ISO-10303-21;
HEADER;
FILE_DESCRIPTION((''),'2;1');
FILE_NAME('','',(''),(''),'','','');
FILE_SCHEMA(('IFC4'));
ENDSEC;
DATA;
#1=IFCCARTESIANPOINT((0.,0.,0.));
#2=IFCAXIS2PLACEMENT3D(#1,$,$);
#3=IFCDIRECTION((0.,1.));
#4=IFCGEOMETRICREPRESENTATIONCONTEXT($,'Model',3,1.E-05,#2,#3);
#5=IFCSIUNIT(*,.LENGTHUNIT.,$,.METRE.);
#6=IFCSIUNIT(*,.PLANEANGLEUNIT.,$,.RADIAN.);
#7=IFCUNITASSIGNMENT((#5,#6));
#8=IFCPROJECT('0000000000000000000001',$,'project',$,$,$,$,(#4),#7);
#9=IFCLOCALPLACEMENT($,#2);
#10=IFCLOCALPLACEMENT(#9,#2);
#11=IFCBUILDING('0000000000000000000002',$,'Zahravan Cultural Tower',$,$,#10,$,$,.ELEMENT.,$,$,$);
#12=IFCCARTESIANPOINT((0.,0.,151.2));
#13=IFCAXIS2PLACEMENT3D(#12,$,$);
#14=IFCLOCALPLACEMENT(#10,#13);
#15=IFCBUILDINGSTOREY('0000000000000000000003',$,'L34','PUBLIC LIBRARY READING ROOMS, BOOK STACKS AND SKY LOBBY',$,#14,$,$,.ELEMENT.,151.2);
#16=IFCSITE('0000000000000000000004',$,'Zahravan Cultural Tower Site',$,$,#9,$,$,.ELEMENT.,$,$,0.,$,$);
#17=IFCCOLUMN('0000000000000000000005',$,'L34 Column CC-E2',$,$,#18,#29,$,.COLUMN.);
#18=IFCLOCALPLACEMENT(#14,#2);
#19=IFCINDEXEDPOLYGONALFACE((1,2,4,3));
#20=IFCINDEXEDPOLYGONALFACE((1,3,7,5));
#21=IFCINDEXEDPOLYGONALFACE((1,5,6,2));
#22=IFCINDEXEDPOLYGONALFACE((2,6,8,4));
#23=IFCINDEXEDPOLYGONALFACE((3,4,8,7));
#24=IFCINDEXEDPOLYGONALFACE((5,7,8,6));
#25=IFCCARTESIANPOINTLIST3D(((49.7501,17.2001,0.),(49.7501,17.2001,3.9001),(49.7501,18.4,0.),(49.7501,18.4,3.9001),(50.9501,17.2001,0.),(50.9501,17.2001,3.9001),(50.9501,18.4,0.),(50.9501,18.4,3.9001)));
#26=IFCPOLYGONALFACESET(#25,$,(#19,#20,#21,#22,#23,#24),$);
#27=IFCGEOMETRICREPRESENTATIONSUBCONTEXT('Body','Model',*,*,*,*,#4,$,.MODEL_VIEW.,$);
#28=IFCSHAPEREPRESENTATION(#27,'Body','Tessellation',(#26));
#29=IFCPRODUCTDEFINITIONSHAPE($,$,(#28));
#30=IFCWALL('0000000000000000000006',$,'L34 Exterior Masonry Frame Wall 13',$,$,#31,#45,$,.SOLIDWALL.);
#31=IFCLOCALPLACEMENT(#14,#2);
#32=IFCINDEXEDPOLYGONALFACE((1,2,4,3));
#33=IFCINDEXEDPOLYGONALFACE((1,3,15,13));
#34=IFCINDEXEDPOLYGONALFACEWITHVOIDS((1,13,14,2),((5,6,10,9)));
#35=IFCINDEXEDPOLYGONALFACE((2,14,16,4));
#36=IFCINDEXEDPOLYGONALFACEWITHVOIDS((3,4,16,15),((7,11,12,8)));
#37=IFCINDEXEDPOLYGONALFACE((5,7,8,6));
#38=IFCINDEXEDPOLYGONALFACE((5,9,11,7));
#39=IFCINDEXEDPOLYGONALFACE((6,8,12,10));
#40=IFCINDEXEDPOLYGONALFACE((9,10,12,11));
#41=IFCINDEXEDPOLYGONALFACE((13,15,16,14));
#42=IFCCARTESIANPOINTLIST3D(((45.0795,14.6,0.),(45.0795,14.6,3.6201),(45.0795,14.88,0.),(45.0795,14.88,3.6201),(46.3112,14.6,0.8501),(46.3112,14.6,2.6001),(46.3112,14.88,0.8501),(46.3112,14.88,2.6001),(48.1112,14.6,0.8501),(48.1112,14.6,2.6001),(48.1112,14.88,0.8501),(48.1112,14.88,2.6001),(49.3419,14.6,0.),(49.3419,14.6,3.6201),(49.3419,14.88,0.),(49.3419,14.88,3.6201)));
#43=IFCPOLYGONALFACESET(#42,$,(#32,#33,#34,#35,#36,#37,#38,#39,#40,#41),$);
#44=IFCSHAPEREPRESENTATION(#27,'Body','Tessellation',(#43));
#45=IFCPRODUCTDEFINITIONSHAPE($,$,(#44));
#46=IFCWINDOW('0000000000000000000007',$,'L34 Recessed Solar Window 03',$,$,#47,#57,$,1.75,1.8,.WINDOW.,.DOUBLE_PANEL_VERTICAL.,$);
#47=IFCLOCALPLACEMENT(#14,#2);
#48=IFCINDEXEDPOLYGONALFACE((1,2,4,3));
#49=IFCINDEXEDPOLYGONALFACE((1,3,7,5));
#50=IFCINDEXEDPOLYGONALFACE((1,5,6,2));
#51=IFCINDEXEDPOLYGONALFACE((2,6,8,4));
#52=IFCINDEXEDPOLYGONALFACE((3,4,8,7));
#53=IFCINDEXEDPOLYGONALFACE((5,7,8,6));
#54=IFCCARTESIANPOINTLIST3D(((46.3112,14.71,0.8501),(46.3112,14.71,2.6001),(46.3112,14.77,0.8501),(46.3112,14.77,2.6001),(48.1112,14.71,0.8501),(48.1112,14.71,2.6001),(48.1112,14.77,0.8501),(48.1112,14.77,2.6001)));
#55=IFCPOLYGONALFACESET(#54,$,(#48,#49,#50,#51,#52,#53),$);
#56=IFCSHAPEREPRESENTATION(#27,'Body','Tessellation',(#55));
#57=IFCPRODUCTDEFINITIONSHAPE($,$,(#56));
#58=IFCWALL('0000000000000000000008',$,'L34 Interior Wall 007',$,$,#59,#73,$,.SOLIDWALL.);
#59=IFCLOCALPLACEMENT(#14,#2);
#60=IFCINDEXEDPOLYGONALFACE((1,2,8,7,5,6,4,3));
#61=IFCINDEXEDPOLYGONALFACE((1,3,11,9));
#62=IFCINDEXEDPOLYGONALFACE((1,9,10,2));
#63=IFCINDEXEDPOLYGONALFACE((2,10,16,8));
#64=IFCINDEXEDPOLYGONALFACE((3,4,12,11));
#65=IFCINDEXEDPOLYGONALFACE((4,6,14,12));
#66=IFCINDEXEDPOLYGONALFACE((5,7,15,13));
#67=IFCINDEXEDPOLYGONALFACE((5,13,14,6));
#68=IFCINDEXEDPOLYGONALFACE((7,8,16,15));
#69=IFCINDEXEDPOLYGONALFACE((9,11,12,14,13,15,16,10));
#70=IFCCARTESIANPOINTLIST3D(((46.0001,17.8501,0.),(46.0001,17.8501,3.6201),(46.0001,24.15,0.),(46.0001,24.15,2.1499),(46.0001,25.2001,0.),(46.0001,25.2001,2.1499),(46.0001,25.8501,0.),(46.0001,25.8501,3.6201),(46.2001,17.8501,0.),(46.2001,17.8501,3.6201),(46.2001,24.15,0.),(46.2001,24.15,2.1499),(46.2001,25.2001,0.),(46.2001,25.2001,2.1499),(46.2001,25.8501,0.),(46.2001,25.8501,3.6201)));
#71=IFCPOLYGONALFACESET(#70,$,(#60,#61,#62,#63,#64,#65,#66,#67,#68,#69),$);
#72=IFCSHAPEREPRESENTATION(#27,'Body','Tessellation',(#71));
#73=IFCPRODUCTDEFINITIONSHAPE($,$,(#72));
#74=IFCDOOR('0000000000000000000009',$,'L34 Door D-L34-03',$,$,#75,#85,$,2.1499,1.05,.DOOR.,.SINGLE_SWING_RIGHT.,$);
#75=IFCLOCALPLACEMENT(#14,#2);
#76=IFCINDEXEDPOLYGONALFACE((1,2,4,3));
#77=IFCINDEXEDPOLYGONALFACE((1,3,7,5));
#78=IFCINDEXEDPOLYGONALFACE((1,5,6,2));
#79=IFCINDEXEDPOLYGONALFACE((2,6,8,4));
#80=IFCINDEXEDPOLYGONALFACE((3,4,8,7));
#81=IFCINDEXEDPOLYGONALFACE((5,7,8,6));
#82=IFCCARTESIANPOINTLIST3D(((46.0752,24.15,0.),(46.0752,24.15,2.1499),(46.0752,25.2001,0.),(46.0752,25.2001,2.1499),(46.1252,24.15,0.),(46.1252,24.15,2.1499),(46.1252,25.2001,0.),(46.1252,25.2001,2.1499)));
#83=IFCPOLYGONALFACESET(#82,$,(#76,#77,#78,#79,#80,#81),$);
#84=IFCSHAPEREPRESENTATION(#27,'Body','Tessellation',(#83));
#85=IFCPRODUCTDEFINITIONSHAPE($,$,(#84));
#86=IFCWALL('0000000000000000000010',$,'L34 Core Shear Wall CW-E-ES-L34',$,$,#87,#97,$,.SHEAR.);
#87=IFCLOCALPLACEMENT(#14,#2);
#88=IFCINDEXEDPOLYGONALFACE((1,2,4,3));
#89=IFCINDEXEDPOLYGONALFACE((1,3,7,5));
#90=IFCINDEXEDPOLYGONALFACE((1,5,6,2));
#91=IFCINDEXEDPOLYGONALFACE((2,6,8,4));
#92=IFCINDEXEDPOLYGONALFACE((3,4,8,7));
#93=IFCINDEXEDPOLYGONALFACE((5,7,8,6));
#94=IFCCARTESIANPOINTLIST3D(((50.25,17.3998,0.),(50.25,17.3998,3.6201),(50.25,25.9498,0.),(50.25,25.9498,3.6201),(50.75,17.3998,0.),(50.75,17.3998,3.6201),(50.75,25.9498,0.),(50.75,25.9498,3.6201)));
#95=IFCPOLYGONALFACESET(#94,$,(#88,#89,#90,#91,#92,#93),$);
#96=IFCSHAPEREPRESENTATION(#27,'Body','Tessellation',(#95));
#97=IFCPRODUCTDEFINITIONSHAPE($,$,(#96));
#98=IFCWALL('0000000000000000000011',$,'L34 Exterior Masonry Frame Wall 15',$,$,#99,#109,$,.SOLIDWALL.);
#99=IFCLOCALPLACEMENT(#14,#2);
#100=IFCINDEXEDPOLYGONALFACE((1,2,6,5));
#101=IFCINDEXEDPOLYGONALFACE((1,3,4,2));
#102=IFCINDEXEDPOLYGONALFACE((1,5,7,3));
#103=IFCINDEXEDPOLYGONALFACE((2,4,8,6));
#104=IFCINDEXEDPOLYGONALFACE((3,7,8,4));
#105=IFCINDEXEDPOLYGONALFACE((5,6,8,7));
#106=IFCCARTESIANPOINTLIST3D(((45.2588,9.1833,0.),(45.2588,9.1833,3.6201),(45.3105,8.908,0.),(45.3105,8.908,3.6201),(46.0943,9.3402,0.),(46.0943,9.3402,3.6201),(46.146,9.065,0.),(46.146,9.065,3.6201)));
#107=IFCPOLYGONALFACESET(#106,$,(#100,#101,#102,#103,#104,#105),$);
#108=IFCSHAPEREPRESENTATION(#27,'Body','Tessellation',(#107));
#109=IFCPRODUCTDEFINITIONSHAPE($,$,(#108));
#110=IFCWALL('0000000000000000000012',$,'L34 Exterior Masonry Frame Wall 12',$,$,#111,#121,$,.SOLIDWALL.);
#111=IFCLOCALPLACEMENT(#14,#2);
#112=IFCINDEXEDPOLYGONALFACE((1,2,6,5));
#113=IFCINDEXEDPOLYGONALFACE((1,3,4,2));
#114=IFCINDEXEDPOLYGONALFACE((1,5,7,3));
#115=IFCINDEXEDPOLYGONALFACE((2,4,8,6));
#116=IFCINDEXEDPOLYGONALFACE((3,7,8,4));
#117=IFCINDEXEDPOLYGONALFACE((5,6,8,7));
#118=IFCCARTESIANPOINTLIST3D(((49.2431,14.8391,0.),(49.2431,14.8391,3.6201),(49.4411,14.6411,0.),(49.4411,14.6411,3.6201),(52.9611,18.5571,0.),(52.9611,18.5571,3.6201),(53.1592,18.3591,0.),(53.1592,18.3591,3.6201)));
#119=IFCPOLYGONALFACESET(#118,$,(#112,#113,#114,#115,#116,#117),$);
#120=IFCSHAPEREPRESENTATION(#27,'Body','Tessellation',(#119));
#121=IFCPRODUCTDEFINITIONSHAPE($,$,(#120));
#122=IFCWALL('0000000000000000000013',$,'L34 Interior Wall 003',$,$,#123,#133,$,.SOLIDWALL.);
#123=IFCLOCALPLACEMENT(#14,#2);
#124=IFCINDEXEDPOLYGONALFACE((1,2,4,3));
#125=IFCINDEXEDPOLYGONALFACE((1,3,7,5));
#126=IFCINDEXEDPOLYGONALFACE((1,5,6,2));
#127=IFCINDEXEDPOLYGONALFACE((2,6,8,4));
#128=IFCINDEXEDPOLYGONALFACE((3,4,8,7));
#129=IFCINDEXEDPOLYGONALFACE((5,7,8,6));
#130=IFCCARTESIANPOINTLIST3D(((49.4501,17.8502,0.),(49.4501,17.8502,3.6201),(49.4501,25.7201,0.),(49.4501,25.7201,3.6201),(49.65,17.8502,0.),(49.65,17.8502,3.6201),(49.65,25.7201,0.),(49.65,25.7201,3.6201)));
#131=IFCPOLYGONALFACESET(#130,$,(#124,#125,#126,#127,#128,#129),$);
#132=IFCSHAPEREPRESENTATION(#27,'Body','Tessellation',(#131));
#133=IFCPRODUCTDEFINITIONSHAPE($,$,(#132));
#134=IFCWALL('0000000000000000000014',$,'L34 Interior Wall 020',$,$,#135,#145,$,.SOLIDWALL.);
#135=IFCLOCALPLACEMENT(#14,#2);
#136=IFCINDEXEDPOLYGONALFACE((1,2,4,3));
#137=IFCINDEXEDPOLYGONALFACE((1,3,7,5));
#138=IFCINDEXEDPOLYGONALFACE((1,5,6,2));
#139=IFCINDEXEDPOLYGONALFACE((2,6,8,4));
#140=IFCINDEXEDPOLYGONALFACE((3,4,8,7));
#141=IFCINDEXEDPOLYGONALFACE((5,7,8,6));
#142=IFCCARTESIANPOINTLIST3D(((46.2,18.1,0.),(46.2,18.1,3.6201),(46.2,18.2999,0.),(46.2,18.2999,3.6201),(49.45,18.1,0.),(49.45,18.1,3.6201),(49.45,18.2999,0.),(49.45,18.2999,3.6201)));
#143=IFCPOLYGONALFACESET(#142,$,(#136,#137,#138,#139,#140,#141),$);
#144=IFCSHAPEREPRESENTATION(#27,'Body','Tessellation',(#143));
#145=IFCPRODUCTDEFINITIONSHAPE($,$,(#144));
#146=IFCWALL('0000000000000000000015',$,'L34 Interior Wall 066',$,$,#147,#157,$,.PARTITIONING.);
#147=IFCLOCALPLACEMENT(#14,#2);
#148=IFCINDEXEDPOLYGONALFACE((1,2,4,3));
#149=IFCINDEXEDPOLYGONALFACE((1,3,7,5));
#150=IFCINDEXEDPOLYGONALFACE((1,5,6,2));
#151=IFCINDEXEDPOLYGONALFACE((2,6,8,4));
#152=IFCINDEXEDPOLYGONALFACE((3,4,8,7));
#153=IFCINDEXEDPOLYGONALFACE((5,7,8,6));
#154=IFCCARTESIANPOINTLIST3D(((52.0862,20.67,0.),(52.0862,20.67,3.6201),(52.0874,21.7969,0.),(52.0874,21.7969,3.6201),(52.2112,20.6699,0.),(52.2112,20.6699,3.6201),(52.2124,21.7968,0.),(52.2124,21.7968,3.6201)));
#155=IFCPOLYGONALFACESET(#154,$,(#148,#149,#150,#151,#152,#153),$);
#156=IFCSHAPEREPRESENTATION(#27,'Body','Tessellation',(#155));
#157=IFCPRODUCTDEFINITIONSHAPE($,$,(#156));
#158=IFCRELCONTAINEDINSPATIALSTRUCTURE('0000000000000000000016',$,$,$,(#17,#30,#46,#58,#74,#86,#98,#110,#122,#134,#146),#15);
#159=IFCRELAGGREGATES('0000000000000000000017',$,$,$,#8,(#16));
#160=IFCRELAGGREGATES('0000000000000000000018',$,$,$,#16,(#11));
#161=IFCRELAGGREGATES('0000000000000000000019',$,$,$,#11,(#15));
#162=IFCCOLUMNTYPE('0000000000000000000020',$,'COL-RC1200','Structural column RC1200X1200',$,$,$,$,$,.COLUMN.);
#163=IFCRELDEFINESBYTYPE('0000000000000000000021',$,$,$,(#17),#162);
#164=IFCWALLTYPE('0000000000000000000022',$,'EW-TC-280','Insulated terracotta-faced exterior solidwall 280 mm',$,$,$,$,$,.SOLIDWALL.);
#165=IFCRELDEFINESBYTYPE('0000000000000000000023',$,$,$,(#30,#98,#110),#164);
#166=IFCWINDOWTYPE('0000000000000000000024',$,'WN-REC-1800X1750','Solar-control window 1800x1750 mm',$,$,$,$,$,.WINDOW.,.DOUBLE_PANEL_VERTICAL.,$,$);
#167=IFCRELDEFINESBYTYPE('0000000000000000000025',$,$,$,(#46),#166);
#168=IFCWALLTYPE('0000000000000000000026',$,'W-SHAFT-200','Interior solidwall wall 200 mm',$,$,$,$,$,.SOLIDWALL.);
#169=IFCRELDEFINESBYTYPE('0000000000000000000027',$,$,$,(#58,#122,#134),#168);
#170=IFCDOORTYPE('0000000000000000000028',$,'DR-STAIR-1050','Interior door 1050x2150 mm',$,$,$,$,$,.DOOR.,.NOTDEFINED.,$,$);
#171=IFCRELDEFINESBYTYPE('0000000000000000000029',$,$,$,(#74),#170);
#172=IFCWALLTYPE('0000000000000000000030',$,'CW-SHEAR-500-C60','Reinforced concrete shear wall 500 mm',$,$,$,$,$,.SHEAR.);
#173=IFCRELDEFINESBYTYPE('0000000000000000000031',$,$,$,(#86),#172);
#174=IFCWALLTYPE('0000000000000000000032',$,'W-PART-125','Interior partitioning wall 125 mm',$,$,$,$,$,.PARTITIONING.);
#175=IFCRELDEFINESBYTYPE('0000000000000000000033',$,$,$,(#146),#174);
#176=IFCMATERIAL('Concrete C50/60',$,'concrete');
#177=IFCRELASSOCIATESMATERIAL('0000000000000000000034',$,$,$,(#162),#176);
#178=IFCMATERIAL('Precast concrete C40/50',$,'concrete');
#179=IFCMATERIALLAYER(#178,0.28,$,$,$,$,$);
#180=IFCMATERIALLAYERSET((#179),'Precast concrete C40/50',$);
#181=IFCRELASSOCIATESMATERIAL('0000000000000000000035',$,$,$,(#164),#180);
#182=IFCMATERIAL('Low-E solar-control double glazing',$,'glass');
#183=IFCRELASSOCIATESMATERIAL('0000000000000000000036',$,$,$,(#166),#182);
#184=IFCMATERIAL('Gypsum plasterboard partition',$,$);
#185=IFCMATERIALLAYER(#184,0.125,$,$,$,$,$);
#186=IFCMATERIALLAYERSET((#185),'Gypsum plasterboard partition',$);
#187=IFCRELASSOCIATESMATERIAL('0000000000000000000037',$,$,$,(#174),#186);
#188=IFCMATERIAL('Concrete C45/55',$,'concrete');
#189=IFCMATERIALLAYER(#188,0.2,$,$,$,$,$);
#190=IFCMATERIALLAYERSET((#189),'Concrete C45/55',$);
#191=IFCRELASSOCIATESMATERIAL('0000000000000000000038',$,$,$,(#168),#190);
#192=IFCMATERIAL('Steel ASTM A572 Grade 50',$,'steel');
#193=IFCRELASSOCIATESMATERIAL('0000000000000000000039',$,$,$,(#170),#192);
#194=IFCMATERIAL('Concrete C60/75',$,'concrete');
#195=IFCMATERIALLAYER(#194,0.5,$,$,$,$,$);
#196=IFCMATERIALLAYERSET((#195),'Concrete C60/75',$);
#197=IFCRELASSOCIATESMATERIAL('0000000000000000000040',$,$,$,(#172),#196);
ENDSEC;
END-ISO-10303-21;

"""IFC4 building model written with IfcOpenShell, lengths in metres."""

from ifc_helpers import new_model, si_unit, direction, frame, frame_2d, origin, origin_2d, place, context, subcontext, project, spatial, rectangle, extrude, source, transform, mapped, material, layer, layer_set, material_profile, profile_set, type_object, element, fill, save


model = new_model("IFC4")

# Units and contexts
model_context = context("Model", 3, precision=1e-05, world=origin(), true_north=direction((0.0, 1.0)))
body_context = subcontext(model_context, "Body", "Model", "MODEL_VIEW")
ifc_project = project(units=[si_unit("LENGTHUNIT", "METRE"), si_unit("PLANEANGLEUNIT", "RADIAN")], contexts=[model_context])

# Site, building, storey
site_placement = place(None, origin())
site = spatial("IfcSite", under=ifc_project, at=site_placement, Name="Zahravan Cultural Tower Site", CompositionType="ELEMENT", RefElevation=0.0)
building_placement = place(site_placement, origin())
building = spatial("IfcBuilding", under=site, at=building_placement, Name="Zahravan Cultural Tower", CompositionType="ELEMENT")
storey_placement = place(building_placement, frame((0.0, 0.0, 151.2)))
storey = spatial("IfcBuildingStorey", under=building, at=storey_placement, Name="L34", Description="PUBLIC LIBRARY READING ROOMS, BOOK STACKS AND SKY LOBBY", CompositionType="ELEMENT", Elevation=151.2)

# Column
ifc_material_1 = material(Name="Concrete C50/60", Category="concrete")
ifc_material_profile = material_profile(ifc_material_1, rectangle(XDim=1.2, YDim=1.2, at=origin_2d()), Name="RC1200X1200")
ifc_profile_set = profile_set([ifc_material_profile], Name="Concrete C50/60")
column_type = type_object("IfcColumnType", Name="COL-RC1200", Description="Structural column RC1200X1200", PredefinedType="COLUMN", material=ifc_profile_set)
shared_shape_1 = source(origin(), body_context, "Body", "SweptSolid", [
    extrude(rectangle(XDim=1.2, YDim=1.2, at=origin_2d()), origin(), (0.0, 0.0, 1.0), 3.9001),
])
column_placement = place(storey_placement, frame((50.3501, 17.8, 0.0), z_axis=(0.0, 0.0, 1.0), x_axis=(1.0, 0.0, 0.0)))
element("IfcColumn", 1, at=column_placement, inside=storey, type_object=column_type, Name="L34 Column CC-E2", PredefinedType="COLUMN", context=body_context, shape_type="MappedRepresentation", body=[
    mapped(shared_shape_1, transform((0.0, 0.0, 0.0), x_axis=(1.0, 0.0, 0.0), y_axis=(0.0, 1.0, 0.0), z_axis=(0.0, 0.0, 1.0), scale=1.0)),
])

# Wall, opening, window
ifc_material_2 = material(Name="Precast concrete C40/50", Category="concrete")
ifc_layer_1 = layer(ifc_material_2, 0.28)
ifc_layer_set_1 = layer_set([ifc_layer_1], Name="Precast concrete C40/50")
wall_type_1 = type_object("IfcWallType", Name="EW-TC-280", Description="Insulated terracotta-faced exterior solidwall 280 mm", PredefinedType="SOLIDWALL", material=ifc_layer_set_1)
wall_1_placement = place(storey_placement, frame((49.342, 14.74, 0.0), z_axis=(0.0, 0.0, 1.0), x_axis=(-1.0, 0.0, 0.0)))
wall_1 = element("IfcWall", 2, at=wall_1_placement, inside=storey, type_object=wall_type_1, Name="L34 Exterior Masonry Frame Wall 13", PredefinedType="SOLIDWALL", context=body_context, shape_type="SweptSolid", body=[
    extrude(rectangle(XDim=4.2625, YDim=0.28, at=frame_2d((2.1313, 0.0))), origin(), (0.0, 0.0, 1.0), 3.6201),
])
opening_1_placement = place(wall_1_placement, frame((1.231, 0.0, 0.8501)))
opening_1 = element("IfcOpeningElement", 3, at=opening_1_placement, cuts=wall_1, PredefinedType="OPENING", context=body_context, shape_type="SweptSolid", body=[
    extrude(rectangle(XDim=1.8, YDim=1.75, at=frame_2d((0.8999, 0.875))), frame((0.0, 0.1499, 0.0), z_axis=(0.0, -1.0, 0.0), x_axis=(1.0, 0.0, 0.0)), (0.0, 0.0, 1.0), 0.3),
])
ifc_material_3 = material(Name="Low-E solar-control double glazing", Category="glass")
window_type = type_object("IfcWindowType", Name="WN-REC-1800X1750", Description="Solar-control window 1800x1750 mm", PartitioningType="DOUBLE_PANEL_VERTICAL", PredefinedType="WINDOW", material=ifc_material_3)
shared_shape_2 = source(origin(), body_context, "Body", "SweptSolid", [
    extrude(rectangle(XDim=1.8, YDim=1.75, at=frame_2d((0.8999, 0.875))), frame((0.0, 0.03, 0.0), z_axis=(0.0, -1.0, 0.0), x_axis=(1.0, 0.0, 0.0)), (0.0, 0.0, 1.0), 0.0601),
])
window_placement = place(opening_1_placement, origin())
window = element("IfcWindow", 4, at=window_placement, inside=storey, type_object=window_type, Name="L34 Recessed Solar Window 03", OverallHeight=1.75, OverallWidth=1.8, PartitioningType="DOUBLE_PANEL_VERTICAL", PredefinedType="WINDOW", context=body_context, shape_type="MappedRepresentation", body=[
    mapped(shared_shape_2, transform((0.0, 0.0, 0.0), x_axis=(1.0, 0.0, 0.0), y_axis=(0.0, 1.0, 0.0), z_axis=(0.0, 0.0, 1.0), scale=1.0)),
])
fill(opening_1, window)

# Wall, opening, door
ifc_material_4 = material(Name="Gypsum plasterboard partition")
ifc_layer_2 = layer(ifc_material_4, 0.125)
ifc_layer_set_2 = layer_set([ifc_layer_2], Name="Gypsum plasterboard partition")
wall_type_2 = type_object("IfcWallType", Name="W-PART-125", Description="Interior partitioning wall 125 mm", PredefinedType="PARTITIONING", material=ifc_layer_set_2)
ifc_material_5 = material(Name="Concrete C45/55", Category="concrete")
ifc_layer_3 = layer(ifc_material_5, 0.2)
ifc_layer_set_3 = layer_set([ifc_layer_3], Name="Concrete C45/55")
wall_type_3 = type_object("IfcWallType", Name="W-SHAFT-200", Description="Interior solidwall wall 200 mm", PredefinedType="SOLIDWALL", material=ifc_layer_set_3)
wall_2_placement = place(storey_placement, frame((46.1001, 17.8501, 0.0), z_axis=(0.0, 0.0, 1.0), x_axis=(0.0, 1.0, 0.0)))
wall_2 = element("IfcWall", 5, at=wall_2_placement, inside=storey, type_object=wall_type_3, Name="L34 Interior Wall 007", PredefinedType="SOLIDWALL", context=body_context, shape_type="SweptSolid", body=[
    extrude(rectangle(XDim=8.0, YDim=0.2, at=frame_2d((4.0, 0.0))), origin(), (0.0, 0.0, 1.0), 3.6201),
])
opening_2_placement = place(wall_2_placement, frame((6.3, 0.0, 0.0)))
opening_2 = element("IfcOpeningElement", 6, at=opening_2_placement, cuts=wall_2, PredefinedType="OPENING", context=body_context, shape_type="SweptSolid", body=[
    extrude(rectangle(XDim=1.05, YDim=2.1499, at=frame_2d((0.5249, 1.075))), frame((0.0, 0.1099, 0.0), z_axis=(0.0, -1.0, 0.0), x_axis=(1.0, 0.0, 0.0)), (0.0, 0.0, 1.0), 0.22),
])
ifc_material_6 = material(Name="Steel ASTM A572 Grade 50", Category="steel")
door_type_1 = type_object("IfcDoorType", Name="DR-STAIR-1050", Description="Interior door 1050x2150 mm", OperationType="NOTDEFINED", PredefinedType="DOOR", material=ifc_material_6)
shared_shape_3 = source(origin(), body_context, "Body", "SweptSolid", [
    extrude(rectangle(XDim=1.05, YDim=2.1499, at=frame_2d((0.5249, 1.075))), frame((0.0, 0.0249, 0.0), z_axis=(0.0, -1.0, 0.0), x_axis=(1.0, 0.0, 0.0)), (0.0, 0.0, 1.0), 0.05),
])
door_1_placement = place(opening_2_placement, origin())
door_1 = element("IfcDoor", 7, at=door_1_placement, inside=storey, type_object=door_type_1, Name="L34 Door D-L34-03", OperationType="SINGLE_SWING_RIGHT", OverallHeight=2.1499, OverallWidth=1.05, PredefinedType="DOOR", context=body_context, shape_type="MappedRepresentation", body=[
    mapped(shared_shape_3, transform((0.0, 0.0, 0.0), x_axis=(1.0, 0.0, 0.0), y_axis=(0.0, 1.0, 0.0), z_axis=(0.0, 0.0, 1.0), scale=1.0)),
])
fill(opening_2, door_1)

# Walls
ifc_material_7 = material(Name="Concrete C60/75", Category="concrete")
ifc_layer_4 = layer(ifc_material_7, 0.5)
ifc_layer_set_4 = layer_set([ifc_layer_4], Name="Concrete C60/75")
wall_type_4 = type_object("IfcWallType", Name="CW-SHEAR-500-C60", Description="Reinforced concrete shear wall 500 mm", PredefinedType="SHEAR", material=ifc_layer_set_4)
shared_shape_4 = source(origin(), body_context, "Body", "SweptSolid", [
    extrude(rectangle(XDim=8.55, YDim=0.5, at=frame_2d((4.2749, 0.0))), origin(), (0.0, 0.0, 1.0), 3.6201),
])
wall_3_placement = place(storey_placement, frame((50.5, 17.3999, 0.0), z_axis=(0.0, 0.0, 1.0), x_axis=(0.0, 1.0, 0.0)))
element("IfcWall", 8, at=wall_3_placement, inside=storey, type_object=wall_type_4, Name="L34 Core Shear Wall CW-E-ES-L34", PredefinedType="SHEAR", context=body_context, shape_type="MappedRepresentation", body=[
    mapped(shared_shape_4, transform((0.0, 0.0, 0.0), x_axis=(1.0, 0.0, 0.0), y_axis=(0.0, 1.0, 0.0), z_axis=(0.0, 0.0, 1.0), scale=1.0)),
])
shared_shape_5 = source(origin(), body_context, "Body", "SweptSolid", [
    extrude(rectangle(XDim=0.8501, YDim=0.28, at=frame_2d((0.425, 0.0))), origin(), (0.0, 0.0, 1.0), 3.6201),
])
wall_4_placement = place(storey_placement, frame((46.1201, 9.2026, 0.0), z_axis=(0.0, 0.0, 1.0), x_axis=(-0.982801, -0.18467, 0.0)))
element("IfcWall", 9, at=wall_4_placement, inside=storey, type_object=wall_type_1, Name="L34 Exterior Masonry Frame Wall 15", PredefinedType="SOLIDWALL", context=body_context, shape_type="MappedRepresentation", body=[
    mapped(shared_shape_5, transform((0.0, 0.0, 0.0), x_axis=(1.0, 0.0, 0.0), y_axis=(0.0, 1.0, 0.0), z_axis=(0.0, 0.0, 1.0), scale=1.0)),
])
shared_shape_6 = source(origin(), body_context, "Body", "SweptSolid", [
    extrude(rectangle(XDim=5.2581, YDim=0.28, at=frame_2d((2.6289, 0.0))), origin(), (0.0, 0.0, 1.0), 3.6201),
])
wall_5_placement = place(storey_placement, frame((53.0601, 18.458, 0.0), z_axis=(0.0, 0.0, 1.0), x_axis=(-0.707107, -0.707107, 0.0)))
element("IfcWall", 10, at=wall_5_placement, inside=storey, type_object=wall_type_1, Name="L34 Exterior Masonry Frame Wall 12", PredefinedType="SOLIDWALL", context=body_context, shape_type="MappedRepresentation", body=[
    mapped(shared_shape_6, transform((0.0, 0.0, 0.0), x_axis=(1.0, 0.0, 0.0), y_axis=(0.0, 1.0, 0.0), z_axis=(0.0, 0.0, 1.0), scale=1.0)),
])
shared_shape_7 = source(origin(), body_context, "Body", "SweptSolid", [
    extrude(rectangle(XDim=7.8699, YDim=0.2, at=frame_2d((3.9351, 0.0))), origin(), (0.0, 0.0, 1.0), 3.6201),
])
wall_6_placement = place(storey_placement, frame((49.55, 17.8501, 0.0), z_axis=(0.0, 0.0, 1.0), x_axis=(0.0, 1.0, 0.0)))
element("IfcWall", 11, at=wall_6_placement, inside=storey, type_object=wall_type_3, Name="L34 Interior Wall 003", PredefinedType="SOLIDWALL", context=body_context, shape_type="MappedRepresentation", body=[
    mapped(shared_shape_7, transform((0.0, 0.0, 0.0), x_axis=(1.0, 0.0, 0.0), y_axis=(0.0, 1.0, 0.0), z_axis=(0.0, 0.0, 1.0), scale=1.0)),
])
shared_shape_8 = source(origin(), body_context, "Body", "SweptSolid", [
    extrude(rectangle(XDim=3.25, YDim=0.2, at=frame_2d((1.625, 0.0))), origin(), (0.0, 0.0, 1.0), 3.6201),
])
wall_7_placement = place(storey_placement, frame((46.2, 18.2, 0.0), z_axis=(0.0, 0.0, 1.0), x_axis=(1.0, 0.0, 0.0)))
element("IfcWall", 12, at=wall_7_placement, inside=storey, type_object=wall_type_3, Name="L34 Interior Wall 020", PredefinedType="SOLIDWALL", context=body_context, shape_type="MappedRepresentation", body=[
    mapped(shared_shape_8, transform((0.0, 0.0, 0.0), x_axis=(1.0, 0.0, 0.0), y_axis=(0.0, 1.0, 0.0), z_axis=(0.0, 0.0, 1.0), scale=1.0)),
])
shared_shape_9 = source(origin(), body_context, "Body", "SweptSolid", [
    extrude(rectangle(XDim=1.127, YDim=0.125, at=frame_2d((0.5635, 0.0))), origin(), (0.0, 0.0, 1.0), 3.6201),
])
wall_8_placement = place(storey_placement, frame((52.1487, 20.6699, 0.0), z_axis=(0.0, 0.0, 1.0), x_axis=(0.001083, 0.999999, 0.0)))
element("IfcWall", 13, at=wall_8_placement, inside=storey, type_object=wall_type_2, Name="L34 Interior Wall 066", PredefinedType="PARTITIONING", context=body_context, shape_type="MappedRepresentation", body=[
    mapped(shared_shape_9, transform((0.0, 0.0, 0.0), x_axis=(1.0, 0.0, 0.0), y_axis=(0.0, 1.0, 0.0), z_axis=(0.0, 0.0, 1.0), scale=1.0)),
])

save(model, "model.ifc")
